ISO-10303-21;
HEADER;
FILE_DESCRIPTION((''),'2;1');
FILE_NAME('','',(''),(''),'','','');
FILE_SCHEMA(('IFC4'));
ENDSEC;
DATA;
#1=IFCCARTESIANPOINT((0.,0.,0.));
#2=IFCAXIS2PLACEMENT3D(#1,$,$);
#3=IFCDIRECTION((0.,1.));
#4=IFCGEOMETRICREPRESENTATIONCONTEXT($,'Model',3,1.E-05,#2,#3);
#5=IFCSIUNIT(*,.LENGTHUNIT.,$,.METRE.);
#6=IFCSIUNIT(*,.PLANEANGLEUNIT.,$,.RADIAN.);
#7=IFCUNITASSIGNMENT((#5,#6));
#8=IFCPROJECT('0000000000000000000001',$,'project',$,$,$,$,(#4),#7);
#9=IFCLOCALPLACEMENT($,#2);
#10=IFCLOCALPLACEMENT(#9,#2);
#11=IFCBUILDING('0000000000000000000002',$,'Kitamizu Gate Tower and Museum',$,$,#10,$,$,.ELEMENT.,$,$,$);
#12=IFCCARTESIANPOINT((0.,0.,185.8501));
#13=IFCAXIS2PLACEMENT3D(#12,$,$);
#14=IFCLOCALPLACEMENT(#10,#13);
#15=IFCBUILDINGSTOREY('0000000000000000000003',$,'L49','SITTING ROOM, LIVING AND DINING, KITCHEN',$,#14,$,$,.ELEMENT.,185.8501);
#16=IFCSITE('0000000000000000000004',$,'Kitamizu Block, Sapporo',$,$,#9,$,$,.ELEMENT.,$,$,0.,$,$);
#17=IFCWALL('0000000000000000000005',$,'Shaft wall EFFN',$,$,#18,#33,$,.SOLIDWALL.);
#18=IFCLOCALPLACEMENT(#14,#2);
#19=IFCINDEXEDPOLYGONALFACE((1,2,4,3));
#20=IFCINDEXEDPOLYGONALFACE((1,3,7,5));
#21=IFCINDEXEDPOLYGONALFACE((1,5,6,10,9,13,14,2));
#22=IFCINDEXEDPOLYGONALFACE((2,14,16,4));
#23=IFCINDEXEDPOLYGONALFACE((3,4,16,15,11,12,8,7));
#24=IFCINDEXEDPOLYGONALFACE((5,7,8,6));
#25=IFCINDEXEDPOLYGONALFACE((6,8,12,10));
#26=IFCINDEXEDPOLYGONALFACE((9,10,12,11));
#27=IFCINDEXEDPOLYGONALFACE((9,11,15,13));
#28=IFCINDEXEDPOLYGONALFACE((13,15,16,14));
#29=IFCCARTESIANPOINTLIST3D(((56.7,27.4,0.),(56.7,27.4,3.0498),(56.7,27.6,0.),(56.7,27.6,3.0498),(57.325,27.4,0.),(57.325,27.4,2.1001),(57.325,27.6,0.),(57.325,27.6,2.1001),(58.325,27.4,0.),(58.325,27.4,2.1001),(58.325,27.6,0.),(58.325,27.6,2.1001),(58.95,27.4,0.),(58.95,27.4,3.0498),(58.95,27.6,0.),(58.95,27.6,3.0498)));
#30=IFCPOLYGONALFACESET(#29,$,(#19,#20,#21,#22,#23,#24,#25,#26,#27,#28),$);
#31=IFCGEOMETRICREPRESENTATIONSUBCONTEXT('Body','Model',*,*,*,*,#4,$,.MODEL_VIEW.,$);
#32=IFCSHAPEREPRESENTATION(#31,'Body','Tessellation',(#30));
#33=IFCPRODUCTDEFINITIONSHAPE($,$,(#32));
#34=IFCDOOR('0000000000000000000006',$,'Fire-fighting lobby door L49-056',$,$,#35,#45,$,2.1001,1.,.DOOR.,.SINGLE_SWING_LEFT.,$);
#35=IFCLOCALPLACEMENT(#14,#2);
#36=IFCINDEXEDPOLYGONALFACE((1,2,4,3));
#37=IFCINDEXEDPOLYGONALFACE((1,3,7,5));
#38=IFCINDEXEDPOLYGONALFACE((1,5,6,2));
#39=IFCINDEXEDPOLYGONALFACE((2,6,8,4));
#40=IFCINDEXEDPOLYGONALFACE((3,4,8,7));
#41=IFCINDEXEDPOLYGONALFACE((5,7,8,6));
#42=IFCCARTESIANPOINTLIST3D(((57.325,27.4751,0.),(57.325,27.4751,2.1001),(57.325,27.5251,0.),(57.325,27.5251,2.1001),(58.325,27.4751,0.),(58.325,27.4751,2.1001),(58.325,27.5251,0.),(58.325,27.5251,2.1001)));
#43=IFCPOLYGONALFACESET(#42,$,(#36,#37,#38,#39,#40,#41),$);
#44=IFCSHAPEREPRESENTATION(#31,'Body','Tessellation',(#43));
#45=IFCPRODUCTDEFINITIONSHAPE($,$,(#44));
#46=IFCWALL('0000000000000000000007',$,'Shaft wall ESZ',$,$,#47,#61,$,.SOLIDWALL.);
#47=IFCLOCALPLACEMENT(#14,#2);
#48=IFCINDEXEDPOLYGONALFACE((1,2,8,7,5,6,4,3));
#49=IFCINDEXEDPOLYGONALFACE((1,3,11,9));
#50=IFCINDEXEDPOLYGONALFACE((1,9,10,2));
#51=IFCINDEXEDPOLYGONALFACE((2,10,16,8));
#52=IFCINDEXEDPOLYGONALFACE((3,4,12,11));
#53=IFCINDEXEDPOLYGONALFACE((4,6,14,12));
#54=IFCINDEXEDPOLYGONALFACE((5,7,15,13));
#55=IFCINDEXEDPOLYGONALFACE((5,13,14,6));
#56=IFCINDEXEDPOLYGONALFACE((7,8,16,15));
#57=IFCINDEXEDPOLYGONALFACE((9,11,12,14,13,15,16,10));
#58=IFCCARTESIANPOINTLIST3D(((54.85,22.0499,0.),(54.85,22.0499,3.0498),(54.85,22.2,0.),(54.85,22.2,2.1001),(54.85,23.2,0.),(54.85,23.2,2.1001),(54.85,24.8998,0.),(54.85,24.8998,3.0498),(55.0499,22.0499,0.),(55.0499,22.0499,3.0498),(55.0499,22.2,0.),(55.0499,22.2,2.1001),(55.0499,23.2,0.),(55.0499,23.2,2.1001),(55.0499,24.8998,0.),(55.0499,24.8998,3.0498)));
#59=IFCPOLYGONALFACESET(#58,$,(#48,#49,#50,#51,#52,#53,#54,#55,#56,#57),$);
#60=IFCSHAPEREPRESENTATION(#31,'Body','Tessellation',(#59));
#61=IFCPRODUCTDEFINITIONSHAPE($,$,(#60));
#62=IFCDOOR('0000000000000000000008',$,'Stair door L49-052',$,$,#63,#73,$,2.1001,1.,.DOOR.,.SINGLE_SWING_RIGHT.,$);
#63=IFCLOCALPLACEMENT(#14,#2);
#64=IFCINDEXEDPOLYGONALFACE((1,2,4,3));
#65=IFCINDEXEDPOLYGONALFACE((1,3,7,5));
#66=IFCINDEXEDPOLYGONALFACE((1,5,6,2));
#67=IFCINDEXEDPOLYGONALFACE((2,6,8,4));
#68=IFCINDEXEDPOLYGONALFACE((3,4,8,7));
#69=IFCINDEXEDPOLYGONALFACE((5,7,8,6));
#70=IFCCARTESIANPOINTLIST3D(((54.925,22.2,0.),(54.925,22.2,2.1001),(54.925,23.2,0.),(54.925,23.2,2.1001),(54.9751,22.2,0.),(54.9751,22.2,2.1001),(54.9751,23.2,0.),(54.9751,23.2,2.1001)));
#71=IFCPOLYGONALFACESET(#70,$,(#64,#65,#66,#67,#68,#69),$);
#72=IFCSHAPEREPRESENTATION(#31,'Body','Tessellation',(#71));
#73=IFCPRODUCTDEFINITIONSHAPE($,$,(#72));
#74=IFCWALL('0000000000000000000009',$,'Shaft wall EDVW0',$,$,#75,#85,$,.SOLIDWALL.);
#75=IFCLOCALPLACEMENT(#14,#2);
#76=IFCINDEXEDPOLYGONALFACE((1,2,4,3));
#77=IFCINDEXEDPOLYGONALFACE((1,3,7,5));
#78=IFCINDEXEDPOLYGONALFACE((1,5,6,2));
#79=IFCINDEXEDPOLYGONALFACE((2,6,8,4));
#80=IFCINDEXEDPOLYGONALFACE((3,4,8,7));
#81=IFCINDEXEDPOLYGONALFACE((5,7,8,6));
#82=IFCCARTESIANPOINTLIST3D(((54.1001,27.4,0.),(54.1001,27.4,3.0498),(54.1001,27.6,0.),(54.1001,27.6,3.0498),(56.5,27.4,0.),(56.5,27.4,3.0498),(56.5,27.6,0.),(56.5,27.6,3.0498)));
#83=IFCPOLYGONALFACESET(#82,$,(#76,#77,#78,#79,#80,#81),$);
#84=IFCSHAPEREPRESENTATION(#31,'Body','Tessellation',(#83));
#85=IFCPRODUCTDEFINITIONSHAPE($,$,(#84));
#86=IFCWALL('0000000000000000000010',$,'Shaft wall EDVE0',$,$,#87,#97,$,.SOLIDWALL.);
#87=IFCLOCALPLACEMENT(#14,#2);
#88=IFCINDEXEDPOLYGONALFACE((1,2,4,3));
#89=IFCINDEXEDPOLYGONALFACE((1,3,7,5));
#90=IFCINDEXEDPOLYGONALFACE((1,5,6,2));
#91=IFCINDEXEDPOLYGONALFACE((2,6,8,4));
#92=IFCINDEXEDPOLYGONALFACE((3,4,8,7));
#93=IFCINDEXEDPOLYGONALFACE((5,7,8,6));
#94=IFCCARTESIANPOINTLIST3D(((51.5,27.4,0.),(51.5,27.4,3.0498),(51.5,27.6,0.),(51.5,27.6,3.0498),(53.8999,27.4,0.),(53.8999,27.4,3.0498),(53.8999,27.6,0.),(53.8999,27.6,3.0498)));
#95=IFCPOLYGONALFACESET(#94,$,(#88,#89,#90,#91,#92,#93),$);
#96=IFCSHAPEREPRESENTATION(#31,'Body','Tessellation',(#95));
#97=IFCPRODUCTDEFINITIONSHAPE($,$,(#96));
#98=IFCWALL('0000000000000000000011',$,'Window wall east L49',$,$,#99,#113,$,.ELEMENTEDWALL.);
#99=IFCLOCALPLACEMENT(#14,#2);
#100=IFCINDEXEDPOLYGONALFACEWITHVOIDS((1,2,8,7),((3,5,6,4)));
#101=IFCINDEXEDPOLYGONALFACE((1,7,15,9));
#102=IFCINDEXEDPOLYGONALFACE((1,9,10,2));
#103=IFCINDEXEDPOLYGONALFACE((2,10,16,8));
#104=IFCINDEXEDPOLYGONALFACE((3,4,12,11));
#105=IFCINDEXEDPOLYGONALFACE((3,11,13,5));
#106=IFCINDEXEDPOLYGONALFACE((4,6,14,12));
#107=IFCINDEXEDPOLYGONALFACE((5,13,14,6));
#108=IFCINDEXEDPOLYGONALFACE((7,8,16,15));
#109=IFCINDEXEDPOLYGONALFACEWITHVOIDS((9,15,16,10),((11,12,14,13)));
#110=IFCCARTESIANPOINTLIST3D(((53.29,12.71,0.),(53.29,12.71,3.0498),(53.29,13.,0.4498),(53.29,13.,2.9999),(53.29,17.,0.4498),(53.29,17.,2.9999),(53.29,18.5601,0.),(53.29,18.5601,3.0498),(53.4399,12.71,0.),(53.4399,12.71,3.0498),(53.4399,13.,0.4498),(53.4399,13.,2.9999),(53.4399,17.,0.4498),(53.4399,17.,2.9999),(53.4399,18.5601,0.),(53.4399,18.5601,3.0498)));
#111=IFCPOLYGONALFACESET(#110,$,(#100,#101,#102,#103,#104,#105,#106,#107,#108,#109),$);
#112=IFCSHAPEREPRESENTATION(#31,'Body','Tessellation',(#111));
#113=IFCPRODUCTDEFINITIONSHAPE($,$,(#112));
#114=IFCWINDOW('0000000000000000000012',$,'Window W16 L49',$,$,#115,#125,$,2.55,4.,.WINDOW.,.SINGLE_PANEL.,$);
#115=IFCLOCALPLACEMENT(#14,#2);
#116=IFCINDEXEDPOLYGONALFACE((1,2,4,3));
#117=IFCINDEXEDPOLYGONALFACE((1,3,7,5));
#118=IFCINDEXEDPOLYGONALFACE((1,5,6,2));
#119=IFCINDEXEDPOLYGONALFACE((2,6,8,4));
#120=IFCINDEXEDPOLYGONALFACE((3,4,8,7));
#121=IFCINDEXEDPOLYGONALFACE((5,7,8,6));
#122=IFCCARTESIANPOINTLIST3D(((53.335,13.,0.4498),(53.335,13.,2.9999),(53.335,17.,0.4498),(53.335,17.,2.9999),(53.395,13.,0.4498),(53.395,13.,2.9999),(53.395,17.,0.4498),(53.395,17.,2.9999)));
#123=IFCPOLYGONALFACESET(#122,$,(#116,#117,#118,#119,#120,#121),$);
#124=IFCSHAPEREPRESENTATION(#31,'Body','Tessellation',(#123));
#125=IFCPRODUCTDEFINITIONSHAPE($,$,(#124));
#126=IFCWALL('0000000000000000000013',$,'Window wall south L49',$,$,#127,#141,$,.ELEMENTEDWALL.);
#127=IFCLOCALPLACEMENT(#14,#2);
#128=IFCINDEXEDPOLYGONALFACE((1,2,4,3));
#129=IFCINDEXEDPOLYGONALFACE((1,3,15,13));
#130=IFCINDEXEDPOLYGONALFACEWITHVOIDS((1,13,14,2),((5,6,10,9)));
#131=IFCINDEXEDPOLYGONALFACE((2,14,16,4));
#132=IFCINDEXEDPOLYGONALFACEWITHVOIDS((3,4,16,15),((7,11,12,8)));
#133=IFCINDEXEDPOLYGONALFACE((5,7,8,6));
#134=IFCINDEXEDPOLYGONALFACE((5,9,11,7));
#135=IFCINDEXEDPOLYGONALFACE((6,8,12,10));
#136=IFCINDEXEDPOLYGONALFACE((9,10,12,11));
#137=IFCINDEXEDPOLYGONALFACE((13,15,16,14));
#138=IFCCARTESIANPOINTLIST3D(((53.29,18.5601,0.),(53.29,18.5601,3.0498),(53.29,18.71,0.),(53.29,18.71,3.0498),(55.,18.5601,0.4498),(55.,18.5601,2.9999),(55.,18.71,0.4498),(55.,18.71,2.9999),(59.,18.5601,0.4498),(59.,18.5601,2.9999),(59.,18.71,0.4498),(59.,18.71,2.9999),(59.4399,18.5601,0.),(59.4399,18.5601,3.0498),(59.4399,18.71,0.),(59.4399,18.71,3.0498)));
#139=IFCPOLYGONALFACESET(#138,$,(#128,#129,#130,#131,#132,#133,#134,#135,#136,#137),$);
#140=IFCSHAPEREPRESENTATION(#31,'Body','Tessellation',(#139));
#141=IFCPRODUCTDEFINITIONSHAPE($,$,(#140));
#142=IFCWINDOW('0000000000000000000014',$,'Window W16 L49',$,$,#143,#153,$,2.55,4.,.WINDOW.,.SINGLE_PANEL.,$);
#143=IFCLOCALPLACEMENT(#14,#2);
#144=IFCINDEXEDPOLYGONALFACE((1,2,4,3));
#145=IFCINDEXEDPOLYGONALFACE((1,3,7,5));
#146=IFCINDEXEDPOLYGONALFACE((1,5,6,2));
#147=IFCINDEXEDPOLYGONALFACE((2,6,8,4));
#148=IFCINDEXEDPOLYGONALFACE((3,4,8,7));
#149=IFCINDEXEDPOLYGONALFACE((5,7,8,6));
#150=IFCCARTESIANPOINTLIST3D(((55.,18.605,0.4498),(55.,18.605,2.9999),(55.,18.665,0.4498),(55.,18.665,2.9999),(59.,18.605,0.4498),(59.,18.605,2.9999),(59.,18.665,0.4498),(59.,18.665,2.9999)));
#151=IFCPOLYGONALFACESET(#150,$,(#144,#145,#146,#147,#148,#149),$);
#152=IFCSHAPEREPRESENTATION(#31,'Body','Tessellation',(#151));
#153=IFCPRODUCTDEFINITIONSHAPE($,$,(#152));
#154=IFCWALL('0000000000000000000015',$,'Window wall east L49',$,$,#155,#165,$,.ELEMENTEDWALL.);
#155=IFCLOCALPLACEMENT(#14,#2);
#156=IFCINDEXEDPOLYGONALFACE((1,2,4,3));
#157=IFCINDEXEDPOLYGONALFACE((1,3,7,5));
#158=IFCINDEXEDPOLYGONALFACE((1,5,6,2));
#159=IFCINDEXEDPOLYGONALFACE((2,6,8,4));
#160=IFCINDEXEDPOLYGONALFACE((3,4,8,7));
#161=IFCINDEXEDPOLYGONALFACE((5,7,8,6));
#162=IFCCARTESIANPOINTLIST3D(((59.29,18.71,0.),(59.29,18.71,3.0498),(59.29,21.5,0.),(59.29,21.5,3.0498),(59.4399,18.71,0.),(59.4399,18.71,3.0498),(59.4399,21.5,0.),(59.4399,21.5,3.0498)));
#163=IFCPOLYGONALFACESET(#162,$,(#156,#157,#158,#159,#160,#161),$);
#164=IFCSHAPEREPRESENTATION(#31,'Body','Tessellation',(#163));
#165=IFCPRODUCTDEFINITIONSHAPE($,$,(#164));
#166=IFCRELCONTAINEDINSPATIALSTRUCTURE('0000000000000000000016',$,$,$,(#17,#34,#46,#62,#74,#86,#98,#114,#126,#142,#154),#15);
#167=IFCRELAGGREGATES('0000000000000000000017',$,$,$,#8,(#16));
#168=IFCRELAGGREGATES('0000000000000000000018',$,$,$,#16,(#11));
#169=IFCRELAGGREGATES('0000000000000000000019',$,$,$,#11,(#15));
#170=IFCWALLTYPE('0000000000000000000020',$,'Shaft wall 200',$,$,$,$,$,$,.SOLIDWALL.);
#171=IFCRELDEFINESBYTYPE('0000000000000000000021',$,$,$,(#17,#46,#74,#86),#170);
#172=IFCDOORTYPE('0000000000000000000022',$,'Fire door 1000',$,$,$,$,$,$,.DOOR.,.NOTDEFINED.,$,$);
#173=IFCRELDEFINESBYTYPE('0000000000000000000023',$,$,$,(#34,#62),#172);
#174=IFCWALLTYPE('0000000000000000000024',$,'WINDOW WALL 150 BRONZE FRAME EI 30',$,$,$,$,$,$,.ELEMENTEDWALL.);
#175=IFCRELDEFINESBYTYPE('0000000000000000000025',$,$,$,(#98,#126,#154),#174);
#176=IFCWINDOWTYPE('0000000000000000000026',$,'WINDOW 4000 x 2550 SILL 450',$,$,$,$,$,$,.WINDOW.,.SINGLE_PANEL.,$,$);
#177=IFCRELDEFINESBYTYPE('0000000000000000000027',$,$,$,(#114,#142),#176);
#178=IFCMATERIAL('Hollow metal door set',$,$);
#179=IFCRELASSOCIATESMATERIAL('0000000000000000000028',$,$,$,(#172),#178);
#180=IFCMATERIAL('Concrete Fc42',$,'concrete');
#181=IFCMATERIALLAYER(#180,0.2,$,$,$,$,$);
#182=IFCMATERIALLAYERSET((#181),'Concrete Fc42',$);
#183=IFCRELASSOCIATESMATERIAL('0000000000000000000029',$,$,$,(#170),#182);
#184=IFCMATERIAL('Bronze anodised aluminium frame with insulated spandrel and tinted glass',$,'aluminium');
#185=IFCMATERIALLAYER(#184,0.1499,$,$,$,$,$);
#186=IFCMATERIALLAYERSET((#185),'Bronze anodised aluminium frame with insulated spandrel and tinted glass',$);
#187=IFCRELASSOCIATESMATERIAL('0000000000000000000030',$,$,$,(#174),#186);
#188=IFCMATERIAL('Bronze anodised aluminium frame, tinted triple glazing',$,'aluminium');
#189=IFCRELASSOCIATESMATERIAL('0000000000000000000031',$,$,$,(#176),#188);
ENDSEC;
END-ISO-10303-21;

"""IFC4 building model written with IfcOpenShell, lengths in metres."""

from ifc_helpers import new_model, si_unit, direction, frame, frame_2d, origin, place, context, subcontext, project, spatial, rectangle, extrude, material, layer, layer_set, type_object, element, fill, save


model = new_model("IFC4")

# Units and contexts
model_context = context("Model", 3, precision=1e-05, world=origin(), true_north=direction((0.0, 1.0)))
body_context = subcontext(model_context, "Body", "Model", "MODEL_VIEW")
ifc_project = project(units=[si_unit("LENGTHUNIT", "METRE"), si_unit("PLANEANGLEUNIT", "RADIAN")], contexts=[model_context])

# Site, building, storey
site_placement = place(None, origin())
site = spatial("IfcSite", under=ifc_project, at=site_placement, Name="Kitamizu Block, Sapporo", CompositionType="ELEMENT", RefElevation=0.0)
building_placement = place(site_placement, origin())
building = spatial("IfcBuilding", under=site, at=building_placement, Name="Kitamizu Gate Tower and Museum", CompositionType="ELEMENT")
storey_placement = place(building_placement, frame((0.0, 0.0, 185.8501)))
storey = spatial("IfcBuildingStorey", under=building, at=storey_placement, Name="L49", Description="SITTING ROOM, LIVING AND DINING, KITCHEN", CompositionType="ELEMENT", Elevation=185.8501)

# Shared definitions
ifc_material_1 = material(Name="Hollow metal door set")
door_type_1 = type_object("IfcDoorType", Name="Fire door 1000", OperationType="NOTDEFINED", PredefinedType="DOOR", material=ifc_material_1)

# Shared definitions
ifc_material_2 = material(Name="Concrete Fc42", Category="concrete")
ifc_layer_1 = layer(ifc_material_2, 0.2)
ifc_layer_set_1 = layer_set([ifc_layer_1], Name="Concrete Fc42")
wall_type_1 = type_object("IfcWallType", Name="Shaft wall 200", PredefinedType="SOLIDWALL", material=ifc_layer_set_1)

# Walls, openings, doors
wall_1_placement = place(storey_placement, frame((58.95, 27.5, 0.0), z_axis=(0.0, 0.0, 1.0), x_axis=(-1.0, 0.0, 0.0)))
wall_1 = element("IfcWall", 1, at=wall_1_placement, inside=storey, type_object=wall_type_1, Name="Shaft wall EFFN", PredefinedType="SOLIDWALL", context=body_context, shape_type="SweptSolid", body=[
    extrude(rectangle(XDim=2.25, YDim=0.2, at=frame_2d((1.125, 0.0))), origin(), (0.0, 0.0, 1.0), 3.0498),
])
opening_1_placement = place(wall_1_placement, frame((0.625, 0.0, 0.0)))
opening_1 = element("IfcOpeningElement", 2, at=opening_1_placement, cuts=wall_1, PredefinedType="OPENING", context=body_context, shape_type="SweptSolid", body=[
    extrude(rectangle(XDim=1.0, YDim=2.1001, at=frame_2d((0.5, 1.05))), frame((0.0, 0.1099, 0.0), z_axis=(0.0, -1.0, 0.0), x_axis=(1.0, 0.0, 0.0)), (0.0, 0.0, 1.0), 0.22),
])
door_1_placement = place(opening_1_placement, origin())
door_1 = element("IfcDoor", 3, at=door_1_placement, inside=storey, type_object=door_type_1, Name="Fire-fighting lobby door L49-056", OperationType="SINGLE_SWING_LEFT", OverallHeight=2.1001, OverallWidth=1.0, PredefinedType="DOOR", context=body_context, shape_type="SweptSolid", body=[
    extrude(rectangle(XDim=1.0, YDim=2.1001, at=frame_2d((0.5, 1.05))), frame((0.0, 0.0249, 0.0), z_axis=(0.0, -1.0, 0.0), x_axis=(1.0, 0.0, 0.0)), (0.0, 0.0, 1.0), 0.05),
])
fill(opening_1, door_1)
wall_2_placement = place(storey_placement, frame((54.95, 22.05, 0.0), z_axis=(0.0, 0.0, 1.0), x_axis=(0.0, 1.0, 0.0)))
wall_2 = element("IfcWall", 4, at=wall_2_placement, inside=storey, type_object=wall_type_1, Name="Shaft wall ESZ", PredefinedType="SOLIDWALL", context=body_context, shape_type="SweptSolid", body=[
    extrude(rectangle(XDim=2.8499, YDim=0.2, at=frame_2d((1.4248, 0.0))), origin(), (0.0, 0.0, 1.0), 3.0498),
])
opening_2_placement = place(wall_2_placement, frame((0.1499, 0.0, 0.0)))
opening_2 = element("IfcOpeningElement", 5, at=opening_2_placement, cuts=wall_2, PredefinedType="OPENING", context=body_context, shape_type="SweptSolid", body=[
    extrude(rectangle(XDim=1.0, YDim=2.1001, at=frame_2d((0.5, 1.05))), frame((0.0, 0.1099, 0.0), z_axis=(0.0, -1.0, 0.0), x_axis=(1.0, 0.0, 0.0)), (0.0, 0.0, 1.0), 0.22),
])
door_2_placement = place(opening_2_placement, origin())
door_2 = element("IfcDoor", 6, at=door_2_placement, inside=storey, type_object=door_type_1, Name="Stair door L49-052", OperationType="SINGLE_SWING_RIGHT", OverallHeight=2.1001, OverallWidth=1.0, PredefinedType="DOOR", context=body_context, shape_type="SweptSolid", body=[
    extrude(rectangle(XDim=1.0, YDim=2.1001, at=frame_2d((0.5, 1.05))), frame((0.0, 0.0249, 0.0), z_axis=(0.0, -1.0, 0.0), x_axis=(1.0, 0.0, 0.0)), (0.0, 0.0, 1.0), 0.05),
])
fill(opening_2, door_2)

# Walls
for number, where, z_axis, x_axis, name in (
    (7, (56.5, 27.5, 0.0), (0.0, 0.0, 1.0), (-1.0, 0.0, 0.0), "Shaft wall EDVW0"),
    (8, (53.8999, 27.5, 0.0), (0.0, 0.0, 1.0), (-1.0, 0.0, 0.0), "Shaft wall EDVE0"),
):
    element("IfcWall", number, at=place(storey_placement, frame(where, z_axis=z_axis, x_axis=x_axis)), inside=storey, type_object=wall_type_1, Name=name, PredefinedType="SOLIDWALL", context=body_context, shape_type="SweptSolid", body=[
        extrude(rectangle(XDim=2.3999, YDim=0.2, at=frame_2d((1.2, 0.0))), origin(), (0.0, 0.0, 1.0), 3.0498),
    ])

# Walls, openings, windows
ifc_material_3 = material(Name="Bronze anodised aluminium frame with insulated spandrel and tinted glass", Category="aluminium")
ifc_layer_2 = layer(ifc_material_3, 0.1499)
ifc_layer_set_2 = layer_set([ifc_layer_2], Name="Bronze anodised aluminium frame with insulated spandrel and tinted glass")
wall_type_2 = type_object("IfcWallType", Name="WINDOW WALL 150 BRONZE FRAME EI 30", PredefinedType="ELEMENTEDWALL", material=ifc_layer_set_2)
wall_3_placement = place(storey_placement, frame((53.365, 12.71, 0.0), z_axis=(0.0, 0.0, 1.0), x_axis=(0.0, 1.0, 0.0)))
wall_3 = element("IfcWall", 9, at=wall_3_placement, inside=storey, type_object=wall_type_2, Name="Window wall east L49", PredefinedType="ELEMENTEDWALL", context=body_context, shape_type="SweptSolid", body=[
    extrude(rectangle(XDim=5.8501, YDim=0.1499, at=frame_2d((2.925, 0.0))), origin(), (0.0, 0.0, 1.0), 3.0498),
])
opening_3_placement = place(wall_3_placement, frame((0.29, 0.0, 0.45)))
opening_3 = element("IfcOpeningElement", 10, at=opening_3_placement, cuts=wall_3, PredefinedType="OPENING", context=body_context, shape_type="SweptSolid", body=[
    extrude(rectangle(XDim=4.0, YDim=2.55, at=frame_2d((2.0, 1.2749))), frame((0.0, 0.085, 0.0), z_axis=(0.0, -1.0, 0.0), x_axis=(1.0, 0.0, 0.0)), (0.0, 0.0, 1.0), 0.1699),
])
ifc_material_4 = material(Name="Bronze anodised aluminium frame, tinted triple glazing", Category="aluminium")
window_type = type_object("IfcWindowType", Name="WINDOW 4000 x 2550 SILL 450", PartitioningType="SINGLE_PANEL", PredefinedType="WINDOW", material=ifc_material_4)
window_1_placement = place(opening_3_placement, origin())
window_1 = element("IfcWindow", 11, at=window_1_placement, inside=storey, type_object=window_type, Name="Window W16 L49", OverallHeight=2.55, OverallWidth=4.0, PartitioningType="SINGLE_PANEL", PredefinedType="WINDOW", context=body_context, shape_type="SweptSolid", body=[
    extrude(rectangle(XDim=4.0, YDim=2.55, at=frame_2d((2.0, 1.2749))), frame((0.0, 0.03, 0.0), z_axis=(0.0, -1.0, 0.0), x_axis=(1.0, 0.0, 0.0)), (0.0, 0.0, 1.0), 0.0601),
])
fill(opening_3, window_1)
wall_4_placement = place(storey_placement, frame((53.29, 18.635, 0.0), z_axis=(0.0, 0.0, 1.0), x_axis=(1.0, 0.0, 0.0)))
wall_4 = element("IfcWall", 12, at=wall_4_placement, inside=storey, type_object=wall_type_2, Name="Window wall south L49", PredefinedType="ELEMENTEDWALL", context=body_context, shape_type="SweptSolid", body=[
    extrude(rectangle(XDim=6.1499, YDim=0.1499, at=frame_2d((3.075, 0.0))), origin(), (0.0, 0.0, 1.0), 3.0498),
])
opening_4_placement = place(wall_4_placement, frame((1.71, 0.0, 0.45)))
opening_4 = element("IfcOpeningElement", 13, at=opening_4_placement, cuts=wall_4, PredefinedType="OPENING", context=body_context, shape_type="SweptSolid", body=[
    extrude(rectangle(XDim=4.0, YDim=2.55, at=frame_2d((2.0, 1.2749))), frame((0.0, 0.085, 0.0), z_axis=(0.0, -1.0, 0.0), x_axis=(1.0, 0.0, 0.0)), (0.0, 0.0, 1.0), 0.1699),
])
window_2_placement = place(opening_4_placement, origin())
window_2 = element("IfcWindow", 14, at=window_2_placement, inside=storey, type_object=window_type, Name="Window W16 L49", OverallHeight=2.55, OverallWidth=4.0, PartitioningType="SINGLE_PANEL", PredefinedType="WINDOW", context=body_context, shape_type="SweptSolid", body=[
    extrude(rectangle(XDim=4.0, YDim=2.55, at=frame_2d((2.0, 1.2749))), frame((0.0, 0.03, 0.0), z_axis=(0.0, -1.0, 0.0), x_axis=(1.0, 0.0, 0.0)), (0.0, 0.0, 1.0), 0.0601),
])
fill(opening_4, window_2)

# Wall
wall_5_placement = place(storey_placement, frame((59.365, 18.71, 0.0), z_axis=(0.0, 0.0, 1.0), x_axis=(0.0, 1.0, 0.0)))
element("IfcWall", 15, at=wall_5_placement, inside=storey, type_object=wall_type_2, Name="Window wall east L49", PredefinedType="ELEMENTEDWALL", context=body_context, shape_type="SweptSolid", body=[
    extrude(rectangle(XDim=2.79, YDim=0.1499, at=frame_2d((1.395, 0.0))), origin(), (0.0, 0.0, 1.0), 3.0498),
])

save(model, "model.ifc")
